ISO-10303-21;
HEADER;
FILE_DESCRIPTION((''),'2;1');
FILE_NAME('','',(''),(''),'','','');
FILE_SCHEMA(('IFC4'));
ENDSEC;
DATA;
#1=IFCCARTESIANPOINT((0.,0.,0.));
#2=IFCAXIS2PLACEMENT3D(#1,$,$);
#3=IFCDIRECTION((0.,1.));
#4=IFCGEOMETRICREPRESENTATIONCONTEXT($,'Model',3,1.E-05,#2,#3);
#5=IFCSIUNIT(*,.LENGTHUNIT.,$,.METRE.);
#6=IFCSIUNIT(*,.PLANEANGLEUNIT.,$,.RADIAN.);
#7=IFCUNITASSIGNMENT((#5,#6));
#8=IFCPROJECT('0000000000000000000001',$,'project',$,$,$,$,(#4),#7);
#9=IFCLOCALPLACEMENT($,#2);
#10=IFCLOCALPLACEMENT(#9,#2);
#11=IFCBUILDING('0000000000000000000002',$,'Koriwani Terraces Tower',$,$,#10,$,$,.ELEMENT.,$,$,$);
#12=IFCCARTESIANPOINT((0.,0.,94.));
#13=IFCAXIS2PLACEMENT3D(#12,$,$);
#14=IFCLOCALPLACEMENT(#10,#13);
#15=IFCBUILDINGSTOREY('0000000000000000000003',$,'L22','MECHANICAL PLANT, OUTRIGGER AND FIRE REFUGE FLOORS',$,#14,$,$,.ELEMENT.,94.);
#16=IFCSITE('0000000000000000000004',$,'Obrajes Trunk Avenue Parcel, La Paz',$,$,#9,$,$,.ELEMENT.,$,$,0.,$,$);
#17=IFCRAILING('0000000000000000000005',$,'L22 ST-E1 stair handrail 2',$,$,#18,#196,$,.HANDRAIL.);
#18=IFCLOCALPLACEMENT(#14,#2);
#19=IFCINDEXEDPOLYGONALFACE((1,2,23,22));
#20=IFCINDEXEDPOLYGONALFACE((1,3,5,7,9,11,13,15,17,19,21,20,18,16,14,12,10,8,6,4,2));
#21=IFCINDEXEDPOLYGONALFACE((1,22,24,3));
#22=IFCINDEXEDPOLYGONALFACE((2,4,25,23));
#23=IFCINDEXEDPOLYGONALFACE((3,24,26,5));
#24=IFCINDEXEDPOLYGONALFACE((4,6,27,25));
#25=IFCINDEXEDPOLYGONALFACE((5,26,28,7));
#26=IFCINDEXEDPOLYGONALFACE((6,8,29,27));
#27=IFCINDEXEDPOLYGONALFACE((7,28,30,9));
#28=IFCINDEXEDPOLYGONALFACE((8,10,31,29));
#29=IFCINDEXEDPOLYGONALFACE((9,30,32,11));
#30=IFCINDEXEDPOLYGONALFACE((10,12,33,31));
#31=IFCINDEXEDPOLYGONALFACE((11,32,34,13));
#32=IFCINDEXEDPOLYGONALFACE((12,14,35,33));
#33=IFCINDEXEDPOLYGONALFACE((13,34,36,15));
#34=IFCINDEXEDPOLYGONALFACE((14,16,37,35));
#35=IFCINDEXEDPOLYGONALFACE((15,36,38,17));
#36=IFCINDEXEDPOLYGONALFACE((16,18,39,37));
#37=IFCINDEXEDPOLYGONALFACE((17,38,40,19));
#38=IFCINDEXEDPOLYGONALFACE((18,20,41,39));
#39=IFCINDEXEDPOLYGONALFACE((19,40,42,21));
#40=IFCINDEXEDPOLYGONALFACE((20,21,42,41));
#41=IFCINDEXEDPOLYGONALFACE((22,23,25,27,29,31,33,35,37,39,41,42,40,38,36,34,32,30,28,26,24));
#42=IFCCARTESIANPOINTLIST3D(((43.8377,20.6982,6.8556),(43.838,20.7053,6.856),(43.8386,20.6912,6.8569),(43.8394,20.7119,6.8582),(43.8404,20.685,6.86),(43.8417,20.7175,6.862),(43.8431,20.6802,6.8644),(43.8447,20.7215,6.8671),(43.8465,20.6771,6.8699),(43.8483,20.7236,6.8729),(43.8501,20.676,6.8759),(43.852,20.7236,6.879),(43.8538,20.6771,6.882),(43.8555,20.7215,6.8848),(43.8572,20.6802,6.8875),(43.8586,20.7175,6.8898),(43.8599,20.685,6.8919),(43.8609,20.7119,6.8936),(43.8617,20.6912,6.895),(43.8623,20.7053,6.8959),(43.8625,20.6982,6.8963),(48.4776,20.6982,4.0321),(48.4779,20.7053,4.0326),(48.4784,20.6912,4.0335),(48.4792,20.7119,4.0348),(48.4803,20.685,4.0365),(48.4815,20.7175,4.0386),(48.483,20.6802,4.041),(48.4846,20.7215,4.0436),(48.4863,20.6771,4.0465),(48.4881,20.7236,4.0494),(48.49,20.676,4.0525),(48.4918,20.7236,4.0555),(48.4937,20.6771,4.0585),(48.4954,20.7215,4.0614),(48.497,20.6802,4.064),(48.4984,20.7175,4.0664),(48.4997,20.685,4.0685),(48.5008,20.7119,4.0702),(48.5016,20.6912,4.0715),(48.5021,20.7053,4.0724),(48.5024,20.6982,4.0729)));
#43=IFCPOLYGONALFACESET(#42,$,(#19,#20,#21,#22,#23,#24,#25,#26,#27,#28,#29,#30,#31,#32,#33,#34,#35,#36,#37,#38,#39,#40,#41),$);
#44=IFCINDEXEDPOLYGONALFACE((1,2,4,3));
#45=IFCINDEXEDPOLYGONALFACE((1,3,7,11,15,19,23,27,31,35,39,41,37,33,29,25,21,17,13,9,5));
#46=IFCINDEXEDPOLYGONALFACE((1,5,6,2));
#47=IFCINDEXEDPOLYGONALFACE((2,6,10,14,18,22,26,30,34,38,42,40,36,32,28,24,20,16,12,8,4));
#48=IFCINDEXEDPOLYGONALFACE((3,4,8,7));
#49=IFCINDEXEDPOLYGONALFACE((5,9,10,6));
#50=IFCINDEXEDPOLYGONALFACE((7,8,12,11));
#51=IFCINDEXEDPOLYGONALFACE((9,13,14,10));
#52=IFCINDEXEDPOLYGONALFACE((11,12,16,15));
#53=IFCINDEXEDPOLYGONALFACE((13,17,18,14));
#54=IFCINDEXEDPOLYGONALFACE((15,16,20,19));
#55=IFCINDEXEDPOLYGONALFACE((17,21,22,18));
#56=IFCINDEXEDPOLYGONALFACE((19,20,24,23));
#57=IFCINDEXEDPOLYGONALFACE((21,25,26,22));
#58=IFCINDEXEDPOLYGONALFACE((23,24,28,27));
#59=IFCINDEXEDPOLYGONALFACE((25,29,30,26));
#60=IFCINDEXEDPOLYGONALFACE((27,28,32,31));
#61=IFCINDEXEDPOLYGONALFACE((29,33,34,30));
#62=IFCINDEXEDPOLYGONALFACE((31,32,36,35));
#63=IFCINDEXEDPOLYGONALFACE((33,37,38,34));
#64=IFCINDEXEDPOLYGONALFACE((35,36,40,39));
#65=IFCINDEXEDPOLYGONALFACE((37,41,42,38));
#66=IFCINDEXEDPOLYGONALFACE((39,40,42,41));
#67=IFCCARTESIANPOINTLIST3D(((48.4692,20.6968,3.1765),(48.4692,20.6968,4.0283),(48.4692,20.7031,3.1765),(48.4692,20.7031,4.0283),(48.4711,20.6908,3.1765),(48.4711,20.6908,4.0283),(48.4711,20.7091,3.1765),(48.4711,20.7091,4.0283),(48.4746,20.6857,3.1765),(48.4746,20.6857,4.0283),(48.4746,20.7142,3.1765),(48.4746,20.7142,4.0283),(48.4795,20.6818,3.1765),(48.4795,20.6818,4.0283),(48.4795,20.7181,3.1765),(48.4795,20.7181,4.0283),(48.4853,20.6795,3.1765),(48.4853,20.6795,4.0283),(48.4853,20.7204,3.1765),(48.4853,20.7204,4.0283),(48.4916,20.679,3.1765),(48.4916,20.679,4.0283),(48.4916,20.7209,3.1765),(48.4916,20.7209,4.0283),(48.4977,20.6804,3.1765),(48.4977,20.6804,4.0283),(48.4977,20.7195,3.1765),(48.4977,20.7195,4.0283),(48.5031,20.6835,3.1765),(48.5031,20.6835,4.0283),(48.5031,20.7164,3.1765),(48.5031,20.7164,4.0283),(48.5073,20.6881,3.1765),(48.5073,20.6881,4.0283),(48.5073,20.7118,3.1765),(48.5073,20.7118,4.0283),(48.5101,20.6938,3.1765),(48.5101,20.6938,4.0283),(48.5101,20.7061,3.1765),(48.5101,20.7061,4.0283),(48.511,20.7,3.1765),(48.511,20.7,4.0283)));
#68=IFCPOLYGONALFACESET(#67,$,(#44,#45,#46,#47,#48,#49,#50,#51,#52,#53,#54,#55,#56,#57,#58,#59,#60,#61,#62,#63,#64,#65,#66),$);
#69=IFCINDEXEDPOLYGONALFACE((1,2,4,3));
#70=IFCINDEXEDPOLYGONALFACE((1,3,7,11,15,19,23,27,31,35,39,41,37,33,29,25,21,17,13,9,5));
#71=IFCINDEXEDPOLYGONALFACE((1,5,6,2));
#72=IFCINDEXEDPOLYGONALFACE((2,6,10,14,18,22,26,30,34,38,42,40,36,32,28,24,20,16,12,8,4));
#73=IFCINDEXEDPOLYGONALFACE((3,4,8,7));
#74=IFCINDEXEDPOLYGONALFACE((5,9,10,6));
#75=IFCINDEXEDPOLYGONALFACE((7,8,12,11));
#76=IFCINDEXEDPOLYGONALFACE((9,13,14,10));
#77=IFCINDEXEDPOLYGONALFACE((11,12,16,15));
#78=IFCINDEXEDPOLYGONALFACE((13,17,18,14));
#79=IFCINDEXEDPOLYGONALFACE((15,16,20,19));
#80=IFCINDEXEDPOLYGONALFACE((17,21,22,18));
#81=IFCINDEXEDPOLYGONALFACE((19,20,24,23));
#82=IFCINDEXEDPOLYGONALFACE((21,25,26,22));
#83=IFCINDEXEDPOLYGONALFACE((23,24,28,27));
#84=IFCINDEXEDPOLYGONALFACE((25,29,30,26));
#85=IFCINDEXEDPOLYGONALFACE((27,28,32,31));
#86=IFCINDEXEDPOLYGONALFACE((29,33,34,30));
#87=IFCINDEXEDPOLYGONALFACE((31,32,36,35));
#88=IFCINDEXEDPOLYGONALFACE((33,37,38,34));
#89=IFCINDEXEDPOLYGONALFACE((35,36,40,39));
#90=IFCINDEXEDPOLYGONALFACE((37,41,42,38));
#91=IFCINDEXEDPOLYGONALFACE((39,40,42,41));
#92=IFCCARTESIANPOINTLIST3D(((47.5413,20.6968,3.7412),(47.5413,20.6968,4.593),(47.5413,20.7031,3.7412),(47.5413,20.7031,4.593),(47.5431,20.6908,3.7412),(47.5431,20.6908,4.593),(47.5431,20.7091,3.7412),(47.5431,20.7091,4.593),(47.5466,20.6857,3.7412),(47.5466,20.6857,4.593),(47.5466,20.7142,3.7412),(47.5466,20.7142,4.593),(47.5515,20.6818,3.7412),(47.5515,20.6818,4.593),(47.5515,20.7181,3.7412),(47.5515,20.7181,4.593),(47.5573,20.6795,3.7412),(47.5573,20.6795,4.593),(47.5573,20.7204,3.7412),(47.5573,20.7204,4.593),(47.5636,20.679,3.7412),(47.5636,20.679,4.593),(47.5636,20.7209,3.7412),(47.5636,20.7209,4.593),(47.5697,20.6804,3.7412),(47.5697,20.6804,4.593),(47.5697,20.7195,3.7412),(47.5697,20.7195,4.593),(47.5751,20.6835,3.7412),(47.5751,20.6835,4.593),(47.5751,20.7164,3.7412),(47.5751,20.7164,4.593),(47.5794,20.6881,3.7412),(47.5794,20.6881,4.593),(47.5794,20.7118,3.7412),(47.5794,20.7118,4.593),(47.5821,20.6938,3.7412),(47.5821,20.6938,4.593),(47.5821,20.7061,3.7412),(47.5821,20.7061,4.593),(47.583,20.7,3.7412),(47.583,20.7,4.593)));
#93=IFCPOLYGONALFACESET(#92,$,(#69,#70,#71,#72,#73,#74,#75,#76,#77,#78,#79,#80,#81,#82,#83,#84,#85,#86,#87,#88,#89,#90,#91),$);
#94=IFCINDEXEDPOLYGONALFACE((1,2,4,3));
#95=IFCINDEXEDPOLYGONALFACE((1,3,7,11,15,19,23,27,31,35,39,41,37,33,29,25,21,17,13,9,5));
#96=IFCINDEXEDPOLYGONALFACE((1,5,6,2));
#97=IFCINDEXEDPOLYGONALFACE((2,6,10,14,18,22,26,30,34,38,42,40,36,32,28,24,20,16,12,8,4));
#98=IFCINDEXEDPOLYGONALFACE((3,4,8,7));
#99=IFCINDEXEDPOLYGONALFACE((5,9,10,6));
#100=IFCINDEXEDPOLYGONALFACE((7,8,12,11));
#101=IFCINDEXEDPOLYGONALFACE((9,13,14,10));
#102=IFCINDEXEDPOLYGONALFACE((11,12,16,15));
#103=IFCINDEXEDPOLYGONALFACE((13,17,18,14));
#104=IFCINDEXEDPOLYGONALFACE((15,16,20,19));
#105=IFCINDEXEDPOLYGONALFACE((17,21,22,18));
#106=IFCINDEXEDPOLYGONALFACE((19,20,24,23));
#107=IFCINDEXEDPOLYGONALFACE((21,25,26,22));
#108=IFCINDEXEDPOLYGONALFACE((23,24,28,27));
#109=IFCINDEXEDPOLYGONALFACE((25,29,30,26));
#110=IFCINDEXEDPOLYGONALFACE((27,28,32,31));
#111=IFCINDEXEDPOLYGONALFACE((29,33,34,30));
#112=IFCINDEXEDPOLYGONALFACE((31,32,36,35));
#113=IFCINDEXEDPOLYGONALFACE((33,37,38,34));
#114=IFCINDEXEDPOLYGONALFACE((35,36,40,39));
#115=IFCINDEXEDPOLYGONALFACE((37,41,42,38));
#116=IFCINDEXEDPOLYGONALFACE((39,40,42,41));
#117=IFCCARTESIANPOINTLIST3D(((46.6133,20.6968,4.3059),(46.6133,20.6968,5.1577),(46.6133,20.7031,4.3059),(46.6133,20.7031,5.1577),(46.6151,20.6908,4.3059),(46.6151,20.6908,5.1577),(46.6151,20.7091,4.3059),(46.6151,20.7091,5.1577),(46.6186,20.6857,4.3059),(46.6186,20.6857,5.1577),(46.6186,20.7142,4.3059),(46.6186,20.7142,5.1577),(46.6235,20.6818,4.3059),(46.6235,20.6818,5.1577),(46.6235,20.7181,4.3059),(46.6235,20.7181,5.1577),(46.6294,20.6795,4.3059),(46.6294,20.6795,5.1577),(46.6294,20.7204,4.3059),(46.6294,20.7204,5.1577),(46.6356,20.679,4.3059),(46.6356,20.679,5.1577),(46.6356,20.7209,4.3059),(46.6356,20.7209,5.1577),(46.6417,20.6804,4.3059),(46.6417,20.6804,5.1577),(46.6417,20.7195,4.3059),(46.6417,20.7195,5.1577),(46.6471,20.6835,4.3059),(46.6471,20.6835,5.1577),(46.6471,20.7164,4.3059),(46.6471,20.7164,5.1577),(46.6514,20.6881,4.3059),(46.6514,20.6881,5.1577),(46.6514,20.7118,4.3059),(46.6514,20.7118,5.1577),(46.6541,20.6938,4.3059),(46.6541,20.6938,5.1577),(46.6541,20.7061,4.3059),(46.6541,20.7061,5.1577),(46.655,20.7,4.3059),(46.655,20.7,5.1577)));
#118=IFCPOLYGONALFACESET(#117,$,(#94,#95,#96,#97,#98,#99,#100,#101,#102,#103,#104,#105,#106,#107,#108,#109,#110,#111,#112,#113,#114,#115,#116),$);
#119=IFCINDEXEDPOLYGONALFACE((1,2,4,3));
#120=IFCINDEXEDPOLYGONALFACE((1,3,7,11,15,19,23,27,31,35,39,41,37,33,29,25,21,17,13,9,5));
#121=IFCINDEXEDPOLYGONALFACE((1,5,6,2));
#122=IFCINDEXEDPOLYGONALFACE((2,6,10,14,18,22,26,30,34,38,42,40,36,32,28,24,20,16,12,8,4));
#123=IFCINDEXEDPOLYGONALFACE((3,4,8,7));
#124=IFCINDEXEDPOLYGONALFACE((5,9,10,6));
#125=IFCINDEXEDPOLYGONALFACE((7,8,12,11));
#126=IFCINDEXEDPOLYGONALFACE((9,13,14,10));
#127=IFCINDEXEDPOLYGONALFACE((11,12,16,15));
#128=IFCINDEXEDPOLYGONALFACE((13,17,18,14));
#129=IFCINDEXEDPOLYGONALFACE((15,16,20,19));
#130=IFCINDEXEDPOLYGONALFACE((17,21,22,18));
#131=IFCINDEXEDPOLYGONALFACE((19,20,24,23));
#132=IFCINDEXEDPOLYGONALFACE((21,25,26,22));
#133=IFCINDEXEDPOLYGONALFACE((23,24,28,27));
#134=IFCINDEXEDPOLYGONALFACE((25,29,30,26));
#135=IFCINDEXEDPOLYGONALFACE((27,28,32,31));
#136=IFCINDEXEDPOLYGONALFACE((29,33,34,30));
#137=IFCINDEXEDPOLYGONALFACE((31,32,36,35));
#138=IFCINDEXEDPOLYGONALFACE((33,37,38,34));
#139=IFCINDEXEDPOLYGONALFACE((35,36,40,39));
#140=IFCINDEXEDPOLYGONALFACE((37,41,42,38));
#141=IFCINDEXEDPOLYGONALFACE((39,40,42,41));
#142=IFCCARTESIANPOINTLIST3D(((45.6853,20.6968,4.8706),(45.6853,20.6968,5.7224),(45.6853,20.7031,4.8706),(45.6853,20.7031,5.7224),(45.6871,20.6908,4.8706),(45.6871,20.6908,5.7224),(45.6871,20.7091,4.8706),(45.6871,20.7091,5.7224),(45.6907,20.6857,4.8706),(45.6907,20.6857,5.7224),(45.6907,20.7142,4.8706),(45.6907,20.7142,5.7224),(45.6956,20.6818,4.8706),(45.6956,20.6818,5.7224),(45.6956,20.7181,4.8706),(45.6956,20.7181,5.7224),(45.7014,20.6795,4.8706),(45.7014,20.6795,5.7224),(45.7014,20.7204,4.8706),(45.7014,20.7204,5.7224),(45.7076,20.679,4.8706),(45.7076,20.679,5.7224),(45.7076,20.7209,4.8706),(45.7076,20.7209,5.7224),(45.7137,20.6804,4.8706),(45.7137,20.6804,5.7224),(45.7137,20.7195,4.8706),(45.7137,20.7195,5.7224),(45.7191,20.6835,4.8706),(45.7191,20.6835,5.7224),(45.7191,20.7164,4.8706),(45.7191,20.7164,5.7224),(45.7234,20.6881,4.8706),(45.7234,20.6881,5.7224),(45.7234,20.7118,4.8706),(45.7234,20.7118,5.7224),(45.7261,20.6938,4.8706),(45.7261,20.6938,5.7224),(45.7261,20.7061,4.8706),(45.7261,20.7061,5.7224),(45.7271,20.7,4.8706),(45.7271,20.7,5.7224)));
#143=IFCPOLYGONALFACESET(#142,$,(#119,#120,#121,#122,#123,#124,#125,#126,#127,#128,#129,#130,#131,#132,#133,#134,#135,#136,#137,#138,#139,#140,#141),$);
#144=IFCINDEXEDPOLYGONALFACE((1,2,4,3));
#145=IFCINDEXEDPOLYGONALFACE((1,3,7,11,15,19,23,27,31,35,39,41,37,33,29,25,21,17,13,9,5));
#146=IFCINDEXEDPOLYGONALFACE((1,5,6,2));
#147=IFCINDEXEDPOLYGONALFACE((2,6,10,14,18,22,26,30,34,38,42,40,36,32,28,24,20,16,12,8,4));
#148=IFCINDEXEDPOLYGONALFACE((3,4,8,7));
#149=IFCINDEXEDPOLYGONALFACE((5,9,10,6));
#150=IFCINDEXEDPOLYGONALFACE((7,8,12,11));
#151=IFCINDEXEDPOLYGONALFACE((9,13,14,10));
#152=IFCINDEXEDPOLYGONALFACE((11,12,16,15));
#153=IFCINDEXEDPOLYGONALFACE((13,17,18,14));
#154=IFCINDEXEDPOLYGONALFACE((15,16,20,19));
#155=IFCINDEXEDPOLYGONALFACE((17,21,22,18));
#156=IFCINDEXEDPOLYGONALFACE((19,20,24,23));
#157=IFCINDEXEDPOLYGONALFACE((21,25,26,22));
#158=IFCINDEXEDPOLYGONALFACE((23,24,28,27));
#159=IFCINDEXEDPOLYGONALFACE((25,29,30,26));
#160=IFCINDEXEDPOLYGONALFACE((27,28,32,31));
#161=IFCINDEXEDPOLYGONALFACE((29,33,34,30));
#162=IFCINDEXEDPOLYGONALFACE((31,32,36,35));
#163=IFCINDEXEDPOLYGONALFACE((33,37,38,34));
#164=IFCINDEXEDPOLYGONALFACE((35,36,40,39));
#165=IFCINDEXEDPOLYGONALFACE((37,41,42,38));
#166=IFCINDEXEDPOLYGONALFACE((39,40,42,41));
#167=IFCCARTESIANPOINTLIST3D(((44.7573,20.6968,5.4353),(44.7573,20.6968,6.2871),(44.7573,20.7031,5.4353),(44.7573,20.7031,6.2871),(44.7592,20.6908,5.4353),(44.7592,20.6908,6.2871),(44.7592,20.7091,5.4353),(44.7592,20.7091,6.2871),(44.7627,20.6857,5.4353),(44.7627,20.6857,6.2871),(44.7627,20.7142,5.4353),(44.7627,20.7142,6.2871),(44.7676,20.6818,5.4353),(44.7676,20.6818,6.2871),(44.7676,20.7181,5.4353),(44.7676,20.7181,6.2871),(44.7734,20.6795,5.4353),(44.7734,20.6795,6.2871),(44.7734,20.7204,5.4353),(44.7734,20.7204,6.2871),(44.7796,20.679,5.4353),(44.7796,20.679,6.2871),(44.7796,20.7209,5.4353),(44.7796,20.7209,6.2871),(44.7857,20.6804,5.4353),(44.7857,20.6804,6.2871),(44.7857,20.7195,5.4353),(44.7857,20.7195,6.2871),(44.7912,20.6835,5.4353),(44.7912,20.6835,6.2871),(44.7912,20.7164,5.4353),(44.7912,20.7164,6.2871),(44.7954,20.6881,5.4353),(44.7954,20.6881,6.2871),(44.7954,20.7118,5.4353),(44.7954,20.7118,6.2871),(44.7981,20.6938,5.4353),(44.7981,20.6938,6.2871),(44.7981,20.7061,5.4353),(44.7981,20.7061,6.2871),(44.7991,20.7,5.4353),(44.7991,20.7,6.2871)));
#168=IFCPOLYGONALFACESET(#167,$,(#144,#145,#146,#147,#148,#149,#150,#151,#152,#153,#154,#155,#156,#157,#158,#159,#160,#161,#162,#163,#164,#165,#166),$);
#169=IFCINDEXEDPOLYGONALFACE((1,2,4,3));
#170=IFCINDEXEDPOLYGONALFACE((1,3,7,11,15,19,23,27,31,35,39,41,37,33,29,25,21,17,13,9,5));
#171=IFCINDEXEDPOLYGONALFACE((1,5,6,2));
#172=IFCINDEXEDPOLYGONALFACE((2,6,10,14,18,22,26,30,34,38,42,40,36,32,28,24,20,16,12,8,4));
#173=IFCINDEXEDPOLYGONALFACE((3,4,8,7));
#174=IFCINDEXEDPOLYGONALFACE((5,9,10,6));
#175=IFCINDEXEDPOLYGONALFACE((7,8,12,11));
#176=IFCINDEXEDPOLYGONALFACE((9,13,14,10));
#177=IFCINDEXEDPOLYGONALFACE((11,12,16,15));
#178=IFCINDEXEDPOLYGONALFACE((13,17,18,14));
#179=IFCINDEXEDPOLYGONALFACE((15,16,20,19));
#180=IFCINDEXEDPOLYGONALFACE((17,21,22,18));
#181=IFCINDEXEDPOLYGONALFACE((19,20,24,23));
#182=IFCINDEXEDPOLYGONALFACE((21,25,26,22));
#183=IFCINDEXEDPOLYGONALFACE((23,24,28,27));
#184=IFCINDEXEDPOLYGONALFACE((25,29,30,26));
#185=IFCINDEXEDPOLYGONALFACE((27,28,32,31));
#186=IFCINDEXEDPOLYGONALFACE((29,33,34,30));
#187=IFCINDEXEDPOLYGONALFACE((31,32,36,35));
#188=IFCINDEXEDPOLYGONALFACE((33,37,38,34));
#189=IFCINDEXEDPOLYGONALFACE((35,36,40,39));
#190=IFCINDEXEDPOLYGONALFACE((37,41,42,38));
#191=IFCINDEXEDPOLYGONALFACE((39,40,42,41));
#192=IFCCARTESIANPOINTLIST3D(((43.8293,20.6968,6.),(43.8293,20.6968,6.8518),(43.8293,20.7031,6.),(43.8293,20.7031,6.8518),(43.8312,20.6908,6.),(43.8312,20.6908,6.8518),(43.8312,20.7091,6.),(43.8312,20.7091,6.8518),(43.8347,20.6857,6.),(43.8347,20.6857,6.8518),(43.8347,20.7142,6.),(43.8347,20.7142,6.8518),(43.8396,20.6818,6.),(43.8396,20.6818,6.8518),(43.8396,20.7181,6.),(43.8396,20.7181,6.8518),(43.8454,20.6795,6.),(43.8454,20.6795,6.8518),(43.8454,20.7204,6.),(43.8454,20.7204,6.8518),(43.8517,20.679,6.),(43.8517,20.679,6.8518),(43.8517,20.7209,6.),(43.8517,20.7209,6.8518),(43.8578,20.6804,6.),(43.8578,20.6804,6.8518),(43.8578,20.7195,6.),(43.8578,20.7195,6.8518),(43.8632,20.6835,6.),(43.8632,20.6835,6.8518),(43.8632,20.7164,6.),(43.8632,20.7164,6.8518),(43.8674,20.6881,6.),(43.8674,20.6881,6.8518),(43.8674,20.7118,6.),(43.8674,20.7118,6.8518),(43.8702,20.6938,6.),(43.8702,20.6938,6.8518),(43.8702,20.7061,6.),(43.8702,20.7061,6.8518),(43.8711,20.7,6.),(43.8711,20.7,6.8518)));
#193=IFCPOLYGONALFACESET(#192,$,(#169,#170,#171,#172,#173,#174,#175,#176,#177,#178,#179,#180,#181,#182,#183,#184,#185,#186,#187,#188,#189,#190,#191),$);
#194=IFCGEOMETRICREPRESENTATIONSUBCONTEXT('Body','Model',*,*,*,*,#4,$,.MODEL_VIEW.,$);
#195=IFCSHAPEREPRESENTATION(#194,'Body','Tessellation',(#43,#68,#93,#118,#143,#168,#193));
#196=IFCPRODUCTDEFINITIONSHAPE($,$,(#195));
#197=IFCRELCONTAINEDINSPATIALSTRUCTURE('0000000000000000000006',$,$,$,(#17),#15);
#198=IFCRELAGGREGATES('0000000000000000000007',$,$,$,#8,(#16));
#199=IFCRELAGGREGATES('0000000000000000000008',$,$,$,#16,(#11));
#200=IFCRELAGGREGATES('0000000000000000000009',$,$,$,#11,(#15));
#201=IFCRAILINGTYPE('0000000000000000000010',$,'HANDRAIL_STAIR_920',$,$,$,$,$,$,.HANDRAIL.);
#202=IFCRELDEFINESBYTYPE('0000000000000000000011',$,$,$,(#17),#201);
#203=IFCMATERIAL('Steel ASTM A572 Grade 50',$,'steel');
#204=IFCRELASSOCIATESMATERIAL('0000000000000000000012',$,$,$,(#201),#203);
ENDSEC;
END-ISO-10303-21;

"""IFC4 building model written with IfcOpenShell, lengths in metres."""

from ifc_helpers import new_model, si_unit, direction, frame, origin, origin_2d, place, context, subcontext, project, spatial, circle, extrude, material, type_object, element, save


model = new_model("IFC4")

# Units and contexts
model_context = context("Model", 3, precision=1e-05, world=origin(), true_north=direction((0.0, 1.0)))
body_context = subcontext(model_context, "Body", "Model", "MODEL_VIEW")
ifc_project = project(units=[si_unit("LENGTHUNIT", "METRE"), si_unit("PLANEANGLEUNIT", "RADIAN")], contexts=[model_context])

# Site, building, storey
site_placement = place(None, origin())
site = spatial("IfcSite", under=ifc_project, at=site_placement, Name="Obrajes Trunk Avenue Parcel, La Paz", CompositionType="ELEMENT", RefElevation=0.0)
building_placement = place(site_placement, origin())
building = spatial("IfcBuilding", under=site, at=building_placement, Name="Koriwani Terraces Tower", CompositionType="ELEMENT")
storey_placement = place(building_placement, frame((0.0, 0.0, 94.0)))
storey = spatial("IfcBuildingStorey", under=building, at=storey_placement, Name="L22", Description="MECHANICAL PLANT, OUTRIGGER AND FIRE REFUGE FLOORS", CompositionType="ELEMENT", Elevation=94.0)

# Shared definitions
ifc_material_1 = material(Name="Steel ASTM A572 Grade 50", Category="steel")

# Railing
railing_type_1 = type_object("IfcRailingType", Name="HANDRAIL_STAIR_920", PredefinedType="HANDRAIL", material=ifc_material_1)
railing_1_placement = place(storey_placement, frame((48.49, 20.7, 3.1765)))
element("IfcRailing", 1, at=railing_1_placement, inside=storey, type_object=railing_type_1, Name="L22 ST-E1 stair handrail 2", PredefinedType="HANDRAIL", context=body_context, shape_type="SweptSolid", body=[
    extrude(circle(Radius=0.0239, at=origin_2d()), frame((0.0, 0.0, 0.876), z_axis=(-0.854264, 0.0, 0.51984), x_axis=(0.0, -1.0, 0.0)), (0.0, 0.0, 1.0), 5.4314),
    extrude(circle(Radius=0.021, at=origin_2d()), origin(), (0.0, 0.0, 1.0), 0.8518),
    extrude(circle(Radius=0.021, at=origin_2d()), frame((-0.928, 0.0, 0.5647)), (0.0, 0.0, 1.0), 0.8518),
    extrude(circle(Radius=0.021, at=origin_2d()), frame((-1.856, 0.0, 1.1294)), (0.0, 0.0, 1.0), 0.8518),
    extrude(circle(Radius=0.021, at=origin_2d()), frame((-2.7839, 0.0, 1.6941)), (0.0, 0.0, 1.0), 0.8518),
    extrude(circle(Radius=0.021, at=origin_2d()), frame((-3.7119, 0.0, 2.2588)), (0.0, 0.0, 1.0), 0.8518),
    extrude(circle(Radius=0.021, at=origin_2d()), frame((-4.6399, 0.0, 2.8235)), (0.0, 0.0, 1.0), 0.8518),
])

save(model, "model.ifc")
